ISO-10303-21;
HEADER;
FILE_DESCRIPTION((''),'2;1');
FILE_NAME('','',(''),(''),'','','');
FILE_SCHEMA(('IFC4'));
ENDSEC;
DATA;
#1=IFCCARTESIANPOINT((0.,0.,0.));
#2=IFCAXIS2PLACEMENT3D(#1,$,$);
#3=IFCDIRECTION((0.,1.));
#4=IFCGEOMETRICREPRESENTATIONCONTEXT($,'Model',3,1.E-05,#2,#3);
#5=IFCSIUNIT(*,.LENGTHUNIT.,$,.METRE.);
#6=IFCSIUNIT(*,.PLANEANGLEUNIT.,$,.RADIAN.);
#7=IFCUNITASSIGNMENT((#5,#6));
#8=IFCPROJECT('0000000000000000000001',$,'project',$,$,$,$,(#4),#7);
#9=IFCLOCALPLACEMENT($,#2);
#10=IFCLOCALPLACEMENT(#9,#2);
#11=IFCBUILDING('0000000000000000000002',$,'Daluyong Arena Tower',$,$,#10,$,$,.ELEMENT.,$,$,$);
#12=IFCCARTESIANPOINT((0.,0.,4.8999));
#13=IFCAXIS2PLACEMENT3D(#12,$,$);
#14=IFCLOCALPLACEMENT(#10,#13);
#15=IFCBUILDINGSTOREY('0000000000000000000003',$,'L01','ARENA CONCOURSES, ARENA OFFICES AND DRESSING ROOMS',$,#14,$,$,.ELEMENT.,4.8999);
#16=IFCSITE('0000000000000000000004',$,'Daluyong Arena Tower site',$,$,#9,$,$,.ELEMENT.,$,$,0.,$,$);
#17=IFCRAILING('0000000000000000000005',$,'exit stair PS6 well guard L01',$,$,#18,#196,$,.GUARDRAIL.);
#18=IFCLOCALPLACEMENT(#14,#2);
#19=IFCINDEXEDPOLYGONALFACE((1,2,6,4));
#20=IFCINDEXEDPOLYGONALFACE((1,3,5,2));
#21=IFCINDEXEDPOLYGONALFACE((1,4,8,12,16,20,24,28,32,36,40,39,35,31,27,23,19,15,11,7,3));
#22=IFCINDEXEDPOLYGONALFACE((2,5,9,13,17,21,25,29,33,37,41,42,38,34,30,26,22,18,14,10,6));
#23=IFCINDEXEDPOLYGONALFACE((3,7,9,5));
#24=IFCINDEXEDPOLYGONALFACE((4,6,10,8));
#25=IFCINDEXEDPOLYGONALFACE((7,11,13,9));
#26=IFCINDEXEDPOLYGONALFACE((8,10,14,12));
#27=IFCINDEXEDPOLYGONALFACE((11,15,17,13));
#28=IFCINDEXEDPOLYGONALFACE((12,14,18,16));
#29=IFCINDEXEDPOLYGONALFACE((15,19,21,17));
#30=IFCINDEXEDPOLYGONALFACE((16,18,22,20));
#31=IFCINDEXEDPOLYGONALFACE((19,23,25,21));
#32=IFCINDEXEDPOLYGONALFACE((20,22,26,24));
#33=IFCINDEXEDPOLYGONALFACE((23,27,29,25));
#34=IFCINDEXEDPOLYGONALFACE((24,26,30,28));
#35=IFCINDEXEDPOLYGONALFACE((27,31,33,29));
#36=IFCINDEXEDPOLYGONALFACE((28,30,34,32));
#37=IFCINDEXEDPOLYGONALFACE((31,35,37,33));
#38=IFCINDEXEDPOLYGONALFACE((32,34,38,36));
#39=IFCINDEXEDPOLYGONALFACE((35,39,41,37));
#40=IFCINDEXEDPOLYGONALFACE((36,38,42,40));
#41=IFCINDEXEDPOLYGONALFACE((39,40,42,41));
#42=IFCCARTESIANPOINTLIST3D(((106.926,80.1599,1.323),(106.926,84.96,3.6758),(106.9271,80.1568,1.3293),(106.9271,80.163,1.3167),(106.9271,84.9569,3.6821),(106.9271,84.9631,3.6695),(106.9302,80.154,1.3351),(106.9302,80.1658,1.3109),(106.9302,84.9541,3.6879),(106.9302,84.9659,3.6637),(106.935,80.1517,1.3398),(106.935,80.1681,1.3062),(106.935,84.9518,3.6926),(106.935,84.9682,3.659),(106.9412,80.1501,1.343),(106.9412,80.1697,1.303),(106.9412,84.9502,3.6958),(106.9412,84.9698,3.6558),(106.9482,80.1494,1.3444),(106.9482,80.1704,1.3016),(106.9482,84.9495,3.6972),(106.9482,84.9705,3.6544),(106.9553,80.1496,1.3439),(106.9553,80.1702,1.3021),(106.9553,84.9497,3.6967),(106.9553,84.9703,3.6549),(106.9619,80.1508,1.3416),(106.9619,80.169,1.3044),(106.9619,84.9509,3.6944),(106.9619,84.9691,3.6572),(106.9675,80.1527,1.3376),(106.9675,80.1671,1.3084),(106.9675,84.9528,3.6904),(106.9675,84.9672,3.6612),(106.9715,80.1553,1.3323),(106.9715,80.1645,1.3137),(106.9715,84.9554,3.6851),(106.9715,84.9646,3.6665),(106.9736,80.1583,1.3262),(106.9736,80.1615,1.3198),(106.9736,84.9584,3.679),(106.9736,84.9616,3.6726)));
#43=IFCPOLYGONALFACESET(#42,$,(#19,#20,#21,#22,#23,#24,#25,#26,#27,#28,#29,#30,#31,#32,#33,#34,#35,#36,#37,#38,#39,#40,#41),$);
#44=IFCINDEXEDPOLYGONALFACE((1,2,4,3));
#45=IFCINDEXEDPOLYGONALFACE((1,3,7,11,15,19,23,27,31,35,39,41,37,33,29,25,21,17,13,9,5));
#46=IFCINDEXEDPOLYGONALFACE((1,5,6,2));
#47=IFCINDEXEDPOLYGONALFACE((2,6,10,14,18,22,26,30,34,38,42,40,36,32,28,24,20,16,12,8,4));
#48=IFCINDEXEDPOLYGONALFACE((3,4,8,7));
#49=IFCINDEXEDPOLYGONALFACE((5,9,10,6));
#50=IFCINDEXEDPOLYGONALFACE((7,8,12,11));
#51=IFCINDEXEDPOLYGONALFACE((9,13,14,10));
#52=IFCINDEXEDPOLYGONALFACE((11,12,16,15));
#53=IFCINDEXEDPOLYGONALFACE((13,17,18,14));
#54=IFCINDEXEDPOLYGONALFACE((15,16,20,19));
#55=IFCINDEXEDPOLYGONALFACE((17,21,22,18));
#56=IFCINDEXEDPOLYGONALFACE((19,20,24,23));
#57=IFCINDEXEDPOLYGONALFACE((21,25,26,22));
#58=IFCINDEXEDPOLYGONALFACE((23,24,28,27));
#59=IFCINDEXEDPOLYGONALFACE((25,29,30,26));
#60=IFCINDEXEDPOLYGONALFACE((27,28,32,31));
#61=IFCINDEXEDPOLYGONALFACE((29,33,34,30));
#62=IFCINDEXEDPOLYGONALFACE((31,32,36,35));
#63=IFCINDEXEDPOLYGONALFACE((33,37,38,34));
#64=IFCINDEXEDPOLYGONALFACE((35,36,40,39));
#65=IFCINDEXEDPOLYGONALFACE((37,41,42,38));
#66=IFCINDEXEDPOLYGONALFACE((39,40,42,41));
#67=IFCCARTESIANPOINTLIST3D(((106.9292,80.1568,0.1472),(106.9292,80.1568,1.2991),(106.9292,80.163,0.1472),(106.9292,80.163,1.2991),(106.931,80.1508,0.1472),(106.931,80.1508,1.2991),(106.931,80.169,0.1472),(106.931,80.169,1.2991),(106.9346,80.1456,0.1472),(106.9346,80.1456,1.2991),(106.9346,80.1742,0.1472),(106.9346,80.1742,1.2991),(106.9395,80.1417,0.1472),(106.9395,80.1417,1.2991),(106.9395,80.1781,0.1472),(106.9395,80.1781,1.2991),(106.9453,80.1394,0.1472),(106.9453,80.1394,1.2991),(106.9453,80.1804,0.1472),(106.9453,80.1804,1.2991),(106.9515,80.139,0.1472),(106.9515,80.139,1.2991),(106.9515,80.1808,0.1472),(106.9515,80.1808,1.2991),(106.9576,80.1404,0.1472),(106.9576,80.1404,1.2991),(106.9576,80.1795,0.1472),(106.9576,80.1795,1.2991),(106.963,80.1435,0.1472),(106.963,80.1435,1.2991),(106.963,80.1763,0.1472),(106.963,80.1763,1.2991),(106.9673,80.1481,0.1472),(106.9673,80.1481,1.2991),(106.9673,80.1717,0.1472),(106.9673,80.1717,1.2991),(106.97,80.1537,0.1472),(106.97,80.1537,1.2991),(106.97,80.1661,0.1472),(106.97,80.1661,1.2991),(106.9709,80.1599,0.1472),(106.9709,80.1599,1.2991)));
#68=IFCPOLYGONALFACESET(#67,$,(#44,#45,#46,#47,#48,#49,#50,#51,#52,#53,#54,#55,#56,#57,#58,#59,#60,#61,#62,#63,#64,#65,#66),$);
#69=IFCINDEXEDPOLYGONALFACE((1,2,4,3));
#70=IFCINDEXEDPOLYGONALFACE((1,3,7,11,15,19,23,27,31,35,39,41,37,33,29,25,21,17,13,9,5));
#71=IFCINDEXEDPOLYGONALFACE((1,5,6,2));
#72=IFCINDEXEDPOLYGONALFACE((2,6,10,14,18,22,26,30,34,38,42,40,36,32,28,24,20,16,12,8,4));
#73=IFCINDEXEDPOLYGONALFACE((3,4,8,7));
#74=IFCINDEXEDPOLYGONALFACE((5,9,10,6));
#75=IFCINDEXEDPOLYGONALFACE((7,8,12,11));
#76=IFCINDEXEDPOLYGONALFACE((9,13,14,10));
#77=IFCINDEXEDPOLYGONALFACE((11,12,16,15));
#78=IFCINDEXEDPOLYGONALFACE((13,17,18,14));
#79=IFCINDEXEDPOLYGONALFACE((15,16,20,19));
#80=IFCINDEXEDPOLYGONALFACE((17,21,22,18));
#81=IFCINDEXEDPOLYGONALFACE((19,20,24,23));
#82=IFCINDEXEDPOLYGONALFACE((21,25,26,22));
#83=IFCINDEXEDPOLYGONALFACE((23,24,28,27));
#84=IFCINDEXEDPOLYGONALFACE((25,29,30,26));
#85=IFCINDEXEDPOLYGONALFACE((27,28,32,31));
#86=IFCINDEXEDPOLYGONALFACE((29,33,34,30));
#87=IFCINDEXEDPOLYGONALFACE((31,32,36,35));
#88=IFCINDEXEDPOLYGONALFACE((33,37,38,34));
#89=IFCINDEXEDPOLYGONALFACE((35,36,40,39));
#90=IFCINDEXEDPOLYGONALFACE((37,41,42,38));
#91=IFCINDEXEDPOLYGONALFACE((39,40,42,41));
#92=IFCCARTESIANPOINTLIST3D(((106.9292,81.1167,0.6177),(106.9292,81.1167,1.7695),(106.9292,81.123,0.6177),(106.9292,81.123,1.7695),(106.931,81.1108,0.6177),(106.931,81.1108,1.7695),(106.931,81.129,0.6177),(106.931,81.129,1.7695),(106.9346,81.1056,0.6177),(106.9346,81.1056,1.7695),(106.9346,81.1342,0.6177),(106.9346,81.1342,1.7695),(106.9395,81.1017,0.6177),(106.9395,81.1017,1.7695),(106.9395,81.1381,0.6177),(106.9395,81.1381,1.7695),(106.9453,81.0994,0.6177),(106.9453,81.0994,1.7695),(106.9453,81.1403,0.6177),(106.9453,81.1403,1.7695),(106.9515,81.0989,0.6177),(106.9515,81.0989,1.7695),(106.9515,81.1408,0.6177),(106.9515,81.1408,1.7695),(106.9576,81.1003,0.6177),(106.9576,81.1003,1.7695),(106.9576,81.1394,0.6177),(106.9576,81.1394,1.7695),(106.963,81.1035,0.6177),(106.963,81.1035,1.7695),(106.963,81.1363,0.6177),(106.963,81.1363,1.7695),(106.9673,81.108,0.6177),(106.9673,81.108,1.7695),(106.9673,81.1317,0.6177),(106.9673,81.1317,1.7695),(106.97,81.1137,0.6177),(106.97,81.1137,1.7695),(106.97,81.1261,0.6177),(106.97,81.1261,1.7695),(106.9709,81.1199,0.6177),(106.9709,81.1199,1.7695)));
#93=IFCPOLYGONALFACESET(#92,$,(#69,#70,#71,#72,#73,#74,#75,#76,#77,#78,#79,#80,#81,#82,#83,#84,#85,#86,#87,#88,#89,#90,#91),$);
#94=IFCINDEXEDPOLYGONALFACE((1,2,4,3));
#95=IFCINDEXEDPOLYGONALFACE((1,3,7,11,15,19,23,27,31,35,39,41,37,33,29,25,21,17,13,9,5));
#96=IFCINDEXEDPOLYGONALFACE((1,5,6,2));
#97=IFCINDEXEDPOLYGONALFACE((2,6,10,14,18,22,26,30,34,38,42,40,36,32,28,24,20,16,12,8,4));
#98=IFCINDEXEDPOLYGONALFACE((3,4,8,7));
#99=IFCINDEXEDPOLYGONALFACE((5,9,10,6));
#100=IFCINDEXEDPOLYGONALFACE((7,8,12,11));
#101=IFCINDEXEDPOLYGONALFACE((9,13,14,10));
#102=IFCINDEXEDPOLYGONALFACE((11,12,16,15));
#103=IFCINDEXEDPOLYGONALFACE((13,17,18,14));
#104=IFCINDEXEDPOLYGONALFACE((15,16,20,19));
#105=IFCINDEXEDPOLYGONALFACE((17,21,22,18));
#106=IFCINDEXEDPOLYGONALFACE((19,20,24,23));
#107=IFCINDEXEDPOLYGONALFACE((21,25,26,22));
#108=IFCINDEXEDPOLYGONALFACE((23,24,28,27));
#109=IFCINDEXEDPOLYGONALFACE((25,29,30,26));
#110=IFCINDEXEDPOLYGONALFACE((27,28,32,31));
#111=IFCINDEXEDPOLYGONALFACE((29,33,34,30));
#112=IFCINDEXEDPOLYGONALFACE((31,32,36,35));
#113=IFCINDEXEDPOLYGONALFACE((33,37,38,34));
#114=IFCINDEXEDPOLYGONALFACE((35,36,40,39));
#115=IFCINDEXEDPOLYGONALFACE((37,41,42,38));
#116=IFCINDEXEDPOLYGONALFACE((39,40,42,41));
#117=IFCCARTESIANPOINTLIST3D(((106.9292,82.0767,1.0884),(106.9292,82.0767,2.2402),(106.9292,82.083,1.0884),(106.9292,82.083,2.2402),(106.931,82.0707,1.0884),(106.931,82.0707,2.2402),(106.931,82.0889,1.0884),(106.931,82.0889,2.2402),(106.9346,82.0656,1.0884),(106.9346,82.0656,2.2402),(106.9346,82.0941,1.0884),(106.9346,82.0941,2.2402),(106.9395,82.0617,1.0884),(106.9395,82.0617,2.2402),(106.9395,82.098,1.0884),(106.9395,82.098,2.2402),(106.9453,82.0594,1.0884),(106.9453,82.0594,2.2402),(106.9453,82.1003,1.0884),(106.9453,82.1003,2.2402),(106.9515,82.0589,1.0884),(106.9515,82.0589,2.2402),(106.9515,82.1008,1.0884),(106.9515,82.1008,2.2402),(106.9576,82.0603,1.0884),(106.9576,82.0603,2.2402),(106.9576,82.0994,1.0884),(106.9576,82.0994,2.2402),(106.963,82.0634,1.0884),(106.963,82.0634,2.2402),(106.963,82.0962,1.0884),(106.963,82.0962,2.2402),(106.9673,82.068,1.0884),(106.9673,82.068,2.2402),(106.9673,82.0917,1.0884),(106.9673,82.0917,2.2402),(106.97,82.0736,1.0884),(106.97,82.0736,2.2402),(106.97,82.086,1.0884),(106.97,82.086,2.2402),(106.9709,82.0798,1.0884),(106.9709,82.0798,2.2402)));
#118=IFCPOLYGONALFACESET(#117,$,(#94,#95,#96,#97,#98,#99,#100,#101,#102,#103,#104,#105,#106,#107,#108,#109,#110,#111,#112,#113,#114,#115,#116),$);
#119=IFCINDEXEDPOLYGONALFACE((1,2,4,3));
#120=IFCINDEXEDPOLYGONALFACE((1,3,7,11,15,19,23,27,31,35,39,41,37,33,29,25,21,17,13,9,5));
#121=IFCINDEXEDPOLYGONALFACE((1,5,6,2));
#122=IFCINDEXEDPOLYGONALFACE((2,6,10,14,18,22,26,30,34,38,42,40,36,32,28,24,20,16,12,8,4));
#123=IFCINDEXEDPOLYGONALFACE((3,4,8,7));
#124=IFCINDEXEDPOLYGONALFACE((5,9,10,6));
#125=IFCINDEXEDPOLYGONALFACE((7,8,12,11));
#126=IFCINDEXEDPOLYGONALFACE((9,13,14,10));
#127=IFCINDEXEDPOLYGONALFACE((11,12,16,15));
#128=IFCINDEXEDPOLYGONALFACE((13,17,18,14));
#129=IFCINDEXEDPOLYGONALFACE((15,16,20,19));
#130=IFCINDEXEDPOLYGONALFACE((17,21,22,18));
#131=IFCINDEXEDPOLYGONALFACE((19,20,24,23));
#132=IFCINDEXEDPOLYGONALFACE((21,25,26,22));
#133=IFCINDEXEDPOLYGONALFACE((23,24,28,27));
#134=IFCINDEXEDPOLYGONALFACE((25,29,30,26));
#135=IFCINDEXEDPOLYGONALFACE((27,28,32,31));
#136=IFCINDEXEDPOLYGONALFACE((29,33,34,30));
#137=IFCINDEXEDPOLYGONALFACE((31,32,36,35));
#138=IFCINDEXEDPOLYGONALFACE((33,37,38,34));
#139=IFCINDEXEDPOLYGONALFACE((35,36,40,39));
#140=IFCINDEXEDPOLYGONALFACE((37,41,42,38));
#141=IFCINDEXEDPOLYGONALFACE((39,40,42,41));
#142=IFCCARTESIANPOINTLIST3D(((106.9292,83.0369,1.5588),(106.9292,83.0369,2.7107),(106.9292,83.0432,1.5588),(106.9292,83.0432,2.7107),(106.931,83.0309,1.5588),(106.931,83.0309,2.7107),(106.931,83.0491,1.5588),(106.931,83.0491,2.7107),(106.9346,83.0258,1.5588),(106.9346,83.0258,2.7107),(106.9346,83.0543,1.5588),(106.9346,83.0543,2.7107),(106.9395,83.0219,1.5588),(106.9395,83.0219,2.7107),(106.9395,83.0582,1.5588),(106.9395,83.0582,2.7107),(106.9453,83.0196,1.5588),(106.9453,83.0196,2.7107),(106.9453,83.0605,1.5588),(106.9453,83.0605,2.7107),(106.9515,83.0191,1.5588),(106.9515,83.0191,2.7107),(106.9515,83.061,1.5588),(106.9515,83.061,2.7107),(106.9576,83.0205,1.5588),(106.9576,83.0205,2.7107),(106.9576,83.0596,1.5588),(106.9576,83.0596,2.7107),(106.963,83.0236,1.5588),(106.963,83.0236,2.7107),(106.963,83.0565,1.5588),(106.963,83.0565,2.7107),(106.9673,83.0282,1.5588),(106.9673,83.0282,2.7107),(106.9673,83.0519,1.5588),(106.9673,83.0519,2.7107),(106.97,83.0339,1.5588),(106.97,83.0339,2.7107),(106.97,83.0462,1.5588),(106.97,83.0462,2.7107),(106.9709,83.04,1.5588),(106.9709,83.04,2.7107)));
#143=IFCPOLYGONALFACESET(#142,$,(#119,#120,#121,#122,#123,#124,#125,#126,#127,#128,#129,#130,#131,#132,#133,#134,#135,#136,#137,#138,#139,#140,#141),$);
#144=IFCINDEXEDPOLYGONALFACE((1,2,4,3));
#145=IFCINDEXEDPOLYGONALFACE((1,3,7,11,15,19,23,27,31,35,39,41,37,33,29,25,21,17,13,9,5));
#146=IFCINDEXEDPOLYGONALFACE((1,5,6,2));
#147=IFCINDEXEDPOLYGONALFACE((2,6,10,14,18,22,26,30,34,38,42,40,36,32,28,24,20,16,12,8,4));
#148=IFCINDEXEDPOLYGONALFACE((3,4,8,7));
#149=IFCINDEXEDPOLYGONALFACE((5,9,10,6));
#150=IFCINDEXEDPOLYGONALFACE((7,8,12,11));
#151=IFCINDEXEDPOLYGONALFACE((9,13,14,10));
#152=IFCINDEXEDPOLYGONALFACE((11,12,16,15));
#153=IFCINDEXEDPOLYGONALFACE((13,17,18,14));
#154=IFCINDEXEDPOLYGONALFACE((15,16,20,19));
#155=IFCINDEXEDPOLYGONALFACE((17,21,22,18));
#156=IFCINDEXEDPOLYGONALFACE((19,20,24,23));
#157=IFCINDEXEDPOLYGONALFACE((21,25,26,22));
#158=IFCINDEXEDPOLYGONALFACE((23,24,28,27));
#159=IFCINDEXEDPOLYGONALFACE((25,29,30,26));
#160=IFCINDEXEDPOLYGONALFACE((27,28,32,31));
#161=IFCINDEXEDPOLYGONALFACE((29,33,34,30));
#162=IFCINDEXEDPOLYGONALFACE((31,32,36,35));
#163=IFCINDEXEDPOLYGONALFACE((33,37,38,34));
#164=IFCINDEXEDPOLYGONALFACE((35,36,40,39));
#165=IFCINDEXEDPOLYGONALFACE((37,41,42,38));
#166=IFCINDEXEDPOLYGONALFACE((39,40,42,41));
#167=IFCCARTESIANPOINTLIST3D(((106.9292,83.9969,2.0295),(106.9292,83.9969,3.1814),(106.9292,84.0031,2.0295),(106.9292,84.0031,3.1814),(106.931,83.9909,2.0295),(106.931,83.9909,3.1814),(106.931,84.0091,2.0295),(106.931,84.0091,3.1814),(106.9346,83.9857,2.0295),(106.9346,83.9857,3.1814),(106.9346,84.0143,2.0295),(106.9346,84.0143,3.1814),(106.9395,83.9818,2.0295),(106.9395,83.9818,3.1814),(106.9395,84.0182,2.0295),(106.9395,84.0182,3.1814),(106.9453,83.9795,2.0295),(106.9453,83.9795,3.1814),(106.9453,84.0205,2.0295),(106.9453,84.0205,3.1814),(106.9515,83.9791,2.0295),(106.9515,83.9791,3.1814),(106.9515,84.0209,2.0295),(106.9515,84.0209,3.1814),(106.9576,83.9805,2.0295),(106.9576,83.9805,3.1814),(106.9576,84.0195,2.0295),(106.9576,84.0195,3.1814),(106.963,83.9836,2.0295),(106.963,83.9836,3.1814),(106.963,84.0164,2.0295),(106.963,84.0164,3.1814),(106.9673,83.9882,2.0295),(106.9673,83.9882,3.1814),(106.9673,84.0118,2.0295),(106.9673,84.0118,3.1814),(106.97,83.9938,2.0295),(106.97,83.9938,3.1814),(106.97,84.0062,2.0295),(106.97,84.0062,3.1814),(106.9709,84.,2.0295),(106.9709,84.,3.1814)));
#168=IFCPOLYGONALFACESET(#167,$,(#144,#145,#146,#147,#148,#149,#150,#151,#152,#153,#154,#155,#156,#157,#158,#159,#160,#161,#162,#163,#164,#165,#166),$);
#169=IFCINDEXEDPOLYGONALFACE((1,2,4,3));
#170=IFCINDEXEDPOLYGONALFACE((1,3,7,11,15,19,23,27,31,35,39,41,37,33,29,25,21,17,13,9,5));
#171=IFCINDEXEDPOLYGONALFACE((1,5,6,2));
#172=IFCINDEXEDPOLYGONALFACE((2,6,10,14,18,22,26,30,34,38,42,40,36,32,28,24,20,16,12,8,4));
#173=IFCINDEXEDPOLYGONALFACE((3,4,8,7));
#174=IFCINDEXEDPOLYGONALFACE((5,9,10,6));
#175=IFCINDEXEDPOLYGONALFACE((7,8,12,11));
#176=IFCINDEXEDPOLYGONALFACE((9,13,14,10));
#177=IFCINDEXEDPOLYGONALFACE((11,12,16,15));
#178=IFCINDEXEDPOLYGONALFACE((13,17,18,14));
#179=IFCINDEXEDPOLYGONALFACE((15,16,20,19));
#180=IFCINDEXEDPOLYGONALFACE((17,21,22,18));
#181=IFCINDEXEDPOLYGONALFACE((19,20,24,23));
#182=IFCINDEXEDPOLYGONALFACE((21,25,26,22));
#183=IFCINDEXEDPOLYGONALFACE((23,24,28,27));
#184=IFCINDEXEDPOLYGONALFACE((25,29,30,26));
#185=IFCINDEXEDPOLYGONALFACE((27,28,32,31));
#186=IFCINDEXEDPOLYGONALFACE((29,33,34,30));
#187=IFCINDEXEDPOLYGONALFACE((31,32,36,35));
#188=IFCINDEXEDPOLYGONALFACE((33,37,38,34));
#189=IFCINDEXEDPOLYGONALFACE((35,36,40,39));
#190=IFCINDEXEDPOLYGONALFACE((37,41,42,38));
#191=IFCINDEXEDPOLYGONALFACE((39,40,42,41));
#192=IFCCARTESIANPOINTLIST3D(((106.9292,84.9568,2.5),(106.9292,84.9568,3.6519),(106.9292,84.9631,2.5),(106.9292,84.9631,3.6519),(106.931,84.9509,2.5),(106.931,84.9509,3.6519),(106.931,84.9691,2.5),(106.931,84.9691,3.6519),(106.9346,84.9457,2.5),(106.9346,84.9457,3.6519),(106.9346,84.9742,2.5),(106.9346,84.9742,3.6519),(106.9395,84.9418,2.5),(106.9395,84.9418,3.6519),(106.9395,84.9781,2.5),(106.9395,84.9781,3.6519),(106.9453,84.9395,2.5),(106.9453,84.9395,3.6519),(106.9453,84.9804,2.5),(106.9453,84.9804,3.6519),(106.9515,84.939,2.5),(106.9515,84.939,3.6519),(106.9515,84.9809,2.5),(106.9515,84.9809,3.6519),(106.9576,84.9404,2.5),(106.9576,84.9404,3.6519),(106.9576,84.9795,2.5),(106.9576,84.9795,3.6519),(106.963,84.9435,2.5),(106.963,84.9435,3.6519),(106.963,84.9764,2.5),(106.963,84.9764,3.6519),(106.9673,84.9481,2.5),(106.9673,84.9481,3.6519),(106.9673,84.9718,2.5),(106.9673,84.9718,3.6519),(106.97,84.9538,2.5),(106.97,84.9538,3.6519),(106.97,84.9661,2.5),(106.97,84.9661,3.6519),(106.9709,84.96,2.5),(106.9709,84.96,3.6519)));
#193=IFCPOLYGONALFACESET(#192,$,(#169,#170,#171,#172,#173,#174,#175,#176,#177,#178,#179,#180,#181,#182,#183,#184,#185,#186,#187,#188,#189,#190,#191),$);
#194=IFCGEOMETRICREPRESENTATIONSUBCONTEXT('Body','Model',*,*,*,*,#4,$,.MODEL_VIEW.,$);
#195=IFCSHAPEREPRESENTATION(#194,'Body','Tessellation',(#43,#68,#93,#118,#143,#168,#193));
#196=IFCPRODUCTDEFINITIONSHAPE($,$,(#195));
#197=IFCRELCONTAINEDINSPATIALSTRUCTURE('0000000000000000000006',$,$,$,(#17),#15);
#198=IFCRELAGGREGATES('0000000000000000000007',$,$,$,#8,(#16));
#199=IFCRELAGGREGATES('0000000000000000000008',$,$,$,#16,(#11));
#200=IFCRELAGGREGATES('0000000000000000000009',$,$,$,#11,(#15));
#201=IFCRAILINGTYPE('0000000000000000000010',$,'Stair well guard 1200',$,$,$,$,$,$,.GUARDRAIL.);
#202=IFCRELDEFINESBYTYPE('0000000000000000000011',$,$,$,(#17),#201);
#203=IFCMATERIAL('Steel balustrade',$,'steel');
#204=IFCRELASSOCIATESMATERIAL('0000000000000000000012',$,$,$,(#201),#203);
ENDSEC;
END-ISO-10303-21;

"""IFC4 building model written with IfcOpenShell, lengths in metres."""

from ifc_helpers import new_model, si_unit, direction, frame, origin, origin_2d, place, context, subcontext, project, spatial, circle, extrude, material, type_object, element, save


model = new_model("IFC4")

# Units and contexts
model_context = context("Model", 3, precision=1e-05, world=origin(), true_north=direction((0.0, 1.0)))
body_context = subcontext(model_context, "Body", "Model", "MODEL_VIEW")
ifc_project = project(units=[si_unit("LENGTHUNIT", "METRE"), si_unit("PLANEANGLEUNIT", "RADIAN")], contexts=[model_context])

# Site, building, storey
site_placement = place(None, origin())
site = spatial("IfcSite", under=ifc_project, at=site_placement, Name="Daluyong Arena Tower site", CompositionType="ELEMENT", RefElevation=0.0)
building_placement = place(site_placement, origin())
building = spatial("IfcBuilding", under=site, at=building_placement, Name="Daluyong Arena Tower", CompositionType="ELEMENT")
storey_placement = place(building_placement, frame((0.0, 0.0, 4.8999)))
storey = spatial("IfcBuildingStorey", under=building, at=storey_placement, Name="L01", Description="ARENA CONCOURSES, ARENA OFFICES AND DRESSING ROOMS", CompositionType="ELEMENT", Elevation=4.8999)

# Railing
ifc_material_1 = material(Name="Steel balustrade", Category="steel")
railing_type_1 = type_object("IfcRailingType", Name="Stair well guard 1200", PredefinedType="GUARDRAIL", material=ifc_material_1)
railing_1_placement = place(storey_placement, frame((106.95, 80.1599, 0.1472)))
element("IfcRailing", 1, at=railing_1_placement, inside=storey, type_object=railing_type_1, Name="exit stair PS6 well guard L01", PredefinedType="GUARDRAIL", context=body_context, shape_type="SweptSolid", body=[
    extrude(circle(Radius=0.0239, at=origin_2d()), frame((0.0, 0.0, 1.1758), z_axis=(0.0, 0.897934, 0.44013), x_axis=(-1.0, 0.0, 0.0)), (0.0, 0.0, 1.0), 5.3457),
    extrude(circle(Radius=0.021, at=origin_2d()), origin(), (0.0, 0.0, 1.0), 1.1519),
    extrude(circle(Radius=0.021, at=origin_2d()), frame((0.0, 0.96, 0.4705)), (0.0, 0.0, 1.0), 1.1519),
    extrude(circle(Radius=0.021, at=origin_2d()), frame((0.0, 1.9199, 0.9412)), (0.0, 0.0, 1.0), 1.1519),
    extrude(circle(Radius=0.021, at=origin_2d()), frame((0.0, 2.8801, 1.4116)), (0.0, 0.0, 1.0), 1.1519),
    extrude(circle(Radius=0.021, at=origin_2d()), frame((0.0, 3.8401, 1.8823)), (0.0, 0.0, 1.0), 1.1519),
    extrude(circle(Radius=0.021, at=origin_2d()), frame((0.0, 4.8, 2.3528)), (0.0, 0.0, 1.0), 1.1519),
])

save(model, "model.ifc")
